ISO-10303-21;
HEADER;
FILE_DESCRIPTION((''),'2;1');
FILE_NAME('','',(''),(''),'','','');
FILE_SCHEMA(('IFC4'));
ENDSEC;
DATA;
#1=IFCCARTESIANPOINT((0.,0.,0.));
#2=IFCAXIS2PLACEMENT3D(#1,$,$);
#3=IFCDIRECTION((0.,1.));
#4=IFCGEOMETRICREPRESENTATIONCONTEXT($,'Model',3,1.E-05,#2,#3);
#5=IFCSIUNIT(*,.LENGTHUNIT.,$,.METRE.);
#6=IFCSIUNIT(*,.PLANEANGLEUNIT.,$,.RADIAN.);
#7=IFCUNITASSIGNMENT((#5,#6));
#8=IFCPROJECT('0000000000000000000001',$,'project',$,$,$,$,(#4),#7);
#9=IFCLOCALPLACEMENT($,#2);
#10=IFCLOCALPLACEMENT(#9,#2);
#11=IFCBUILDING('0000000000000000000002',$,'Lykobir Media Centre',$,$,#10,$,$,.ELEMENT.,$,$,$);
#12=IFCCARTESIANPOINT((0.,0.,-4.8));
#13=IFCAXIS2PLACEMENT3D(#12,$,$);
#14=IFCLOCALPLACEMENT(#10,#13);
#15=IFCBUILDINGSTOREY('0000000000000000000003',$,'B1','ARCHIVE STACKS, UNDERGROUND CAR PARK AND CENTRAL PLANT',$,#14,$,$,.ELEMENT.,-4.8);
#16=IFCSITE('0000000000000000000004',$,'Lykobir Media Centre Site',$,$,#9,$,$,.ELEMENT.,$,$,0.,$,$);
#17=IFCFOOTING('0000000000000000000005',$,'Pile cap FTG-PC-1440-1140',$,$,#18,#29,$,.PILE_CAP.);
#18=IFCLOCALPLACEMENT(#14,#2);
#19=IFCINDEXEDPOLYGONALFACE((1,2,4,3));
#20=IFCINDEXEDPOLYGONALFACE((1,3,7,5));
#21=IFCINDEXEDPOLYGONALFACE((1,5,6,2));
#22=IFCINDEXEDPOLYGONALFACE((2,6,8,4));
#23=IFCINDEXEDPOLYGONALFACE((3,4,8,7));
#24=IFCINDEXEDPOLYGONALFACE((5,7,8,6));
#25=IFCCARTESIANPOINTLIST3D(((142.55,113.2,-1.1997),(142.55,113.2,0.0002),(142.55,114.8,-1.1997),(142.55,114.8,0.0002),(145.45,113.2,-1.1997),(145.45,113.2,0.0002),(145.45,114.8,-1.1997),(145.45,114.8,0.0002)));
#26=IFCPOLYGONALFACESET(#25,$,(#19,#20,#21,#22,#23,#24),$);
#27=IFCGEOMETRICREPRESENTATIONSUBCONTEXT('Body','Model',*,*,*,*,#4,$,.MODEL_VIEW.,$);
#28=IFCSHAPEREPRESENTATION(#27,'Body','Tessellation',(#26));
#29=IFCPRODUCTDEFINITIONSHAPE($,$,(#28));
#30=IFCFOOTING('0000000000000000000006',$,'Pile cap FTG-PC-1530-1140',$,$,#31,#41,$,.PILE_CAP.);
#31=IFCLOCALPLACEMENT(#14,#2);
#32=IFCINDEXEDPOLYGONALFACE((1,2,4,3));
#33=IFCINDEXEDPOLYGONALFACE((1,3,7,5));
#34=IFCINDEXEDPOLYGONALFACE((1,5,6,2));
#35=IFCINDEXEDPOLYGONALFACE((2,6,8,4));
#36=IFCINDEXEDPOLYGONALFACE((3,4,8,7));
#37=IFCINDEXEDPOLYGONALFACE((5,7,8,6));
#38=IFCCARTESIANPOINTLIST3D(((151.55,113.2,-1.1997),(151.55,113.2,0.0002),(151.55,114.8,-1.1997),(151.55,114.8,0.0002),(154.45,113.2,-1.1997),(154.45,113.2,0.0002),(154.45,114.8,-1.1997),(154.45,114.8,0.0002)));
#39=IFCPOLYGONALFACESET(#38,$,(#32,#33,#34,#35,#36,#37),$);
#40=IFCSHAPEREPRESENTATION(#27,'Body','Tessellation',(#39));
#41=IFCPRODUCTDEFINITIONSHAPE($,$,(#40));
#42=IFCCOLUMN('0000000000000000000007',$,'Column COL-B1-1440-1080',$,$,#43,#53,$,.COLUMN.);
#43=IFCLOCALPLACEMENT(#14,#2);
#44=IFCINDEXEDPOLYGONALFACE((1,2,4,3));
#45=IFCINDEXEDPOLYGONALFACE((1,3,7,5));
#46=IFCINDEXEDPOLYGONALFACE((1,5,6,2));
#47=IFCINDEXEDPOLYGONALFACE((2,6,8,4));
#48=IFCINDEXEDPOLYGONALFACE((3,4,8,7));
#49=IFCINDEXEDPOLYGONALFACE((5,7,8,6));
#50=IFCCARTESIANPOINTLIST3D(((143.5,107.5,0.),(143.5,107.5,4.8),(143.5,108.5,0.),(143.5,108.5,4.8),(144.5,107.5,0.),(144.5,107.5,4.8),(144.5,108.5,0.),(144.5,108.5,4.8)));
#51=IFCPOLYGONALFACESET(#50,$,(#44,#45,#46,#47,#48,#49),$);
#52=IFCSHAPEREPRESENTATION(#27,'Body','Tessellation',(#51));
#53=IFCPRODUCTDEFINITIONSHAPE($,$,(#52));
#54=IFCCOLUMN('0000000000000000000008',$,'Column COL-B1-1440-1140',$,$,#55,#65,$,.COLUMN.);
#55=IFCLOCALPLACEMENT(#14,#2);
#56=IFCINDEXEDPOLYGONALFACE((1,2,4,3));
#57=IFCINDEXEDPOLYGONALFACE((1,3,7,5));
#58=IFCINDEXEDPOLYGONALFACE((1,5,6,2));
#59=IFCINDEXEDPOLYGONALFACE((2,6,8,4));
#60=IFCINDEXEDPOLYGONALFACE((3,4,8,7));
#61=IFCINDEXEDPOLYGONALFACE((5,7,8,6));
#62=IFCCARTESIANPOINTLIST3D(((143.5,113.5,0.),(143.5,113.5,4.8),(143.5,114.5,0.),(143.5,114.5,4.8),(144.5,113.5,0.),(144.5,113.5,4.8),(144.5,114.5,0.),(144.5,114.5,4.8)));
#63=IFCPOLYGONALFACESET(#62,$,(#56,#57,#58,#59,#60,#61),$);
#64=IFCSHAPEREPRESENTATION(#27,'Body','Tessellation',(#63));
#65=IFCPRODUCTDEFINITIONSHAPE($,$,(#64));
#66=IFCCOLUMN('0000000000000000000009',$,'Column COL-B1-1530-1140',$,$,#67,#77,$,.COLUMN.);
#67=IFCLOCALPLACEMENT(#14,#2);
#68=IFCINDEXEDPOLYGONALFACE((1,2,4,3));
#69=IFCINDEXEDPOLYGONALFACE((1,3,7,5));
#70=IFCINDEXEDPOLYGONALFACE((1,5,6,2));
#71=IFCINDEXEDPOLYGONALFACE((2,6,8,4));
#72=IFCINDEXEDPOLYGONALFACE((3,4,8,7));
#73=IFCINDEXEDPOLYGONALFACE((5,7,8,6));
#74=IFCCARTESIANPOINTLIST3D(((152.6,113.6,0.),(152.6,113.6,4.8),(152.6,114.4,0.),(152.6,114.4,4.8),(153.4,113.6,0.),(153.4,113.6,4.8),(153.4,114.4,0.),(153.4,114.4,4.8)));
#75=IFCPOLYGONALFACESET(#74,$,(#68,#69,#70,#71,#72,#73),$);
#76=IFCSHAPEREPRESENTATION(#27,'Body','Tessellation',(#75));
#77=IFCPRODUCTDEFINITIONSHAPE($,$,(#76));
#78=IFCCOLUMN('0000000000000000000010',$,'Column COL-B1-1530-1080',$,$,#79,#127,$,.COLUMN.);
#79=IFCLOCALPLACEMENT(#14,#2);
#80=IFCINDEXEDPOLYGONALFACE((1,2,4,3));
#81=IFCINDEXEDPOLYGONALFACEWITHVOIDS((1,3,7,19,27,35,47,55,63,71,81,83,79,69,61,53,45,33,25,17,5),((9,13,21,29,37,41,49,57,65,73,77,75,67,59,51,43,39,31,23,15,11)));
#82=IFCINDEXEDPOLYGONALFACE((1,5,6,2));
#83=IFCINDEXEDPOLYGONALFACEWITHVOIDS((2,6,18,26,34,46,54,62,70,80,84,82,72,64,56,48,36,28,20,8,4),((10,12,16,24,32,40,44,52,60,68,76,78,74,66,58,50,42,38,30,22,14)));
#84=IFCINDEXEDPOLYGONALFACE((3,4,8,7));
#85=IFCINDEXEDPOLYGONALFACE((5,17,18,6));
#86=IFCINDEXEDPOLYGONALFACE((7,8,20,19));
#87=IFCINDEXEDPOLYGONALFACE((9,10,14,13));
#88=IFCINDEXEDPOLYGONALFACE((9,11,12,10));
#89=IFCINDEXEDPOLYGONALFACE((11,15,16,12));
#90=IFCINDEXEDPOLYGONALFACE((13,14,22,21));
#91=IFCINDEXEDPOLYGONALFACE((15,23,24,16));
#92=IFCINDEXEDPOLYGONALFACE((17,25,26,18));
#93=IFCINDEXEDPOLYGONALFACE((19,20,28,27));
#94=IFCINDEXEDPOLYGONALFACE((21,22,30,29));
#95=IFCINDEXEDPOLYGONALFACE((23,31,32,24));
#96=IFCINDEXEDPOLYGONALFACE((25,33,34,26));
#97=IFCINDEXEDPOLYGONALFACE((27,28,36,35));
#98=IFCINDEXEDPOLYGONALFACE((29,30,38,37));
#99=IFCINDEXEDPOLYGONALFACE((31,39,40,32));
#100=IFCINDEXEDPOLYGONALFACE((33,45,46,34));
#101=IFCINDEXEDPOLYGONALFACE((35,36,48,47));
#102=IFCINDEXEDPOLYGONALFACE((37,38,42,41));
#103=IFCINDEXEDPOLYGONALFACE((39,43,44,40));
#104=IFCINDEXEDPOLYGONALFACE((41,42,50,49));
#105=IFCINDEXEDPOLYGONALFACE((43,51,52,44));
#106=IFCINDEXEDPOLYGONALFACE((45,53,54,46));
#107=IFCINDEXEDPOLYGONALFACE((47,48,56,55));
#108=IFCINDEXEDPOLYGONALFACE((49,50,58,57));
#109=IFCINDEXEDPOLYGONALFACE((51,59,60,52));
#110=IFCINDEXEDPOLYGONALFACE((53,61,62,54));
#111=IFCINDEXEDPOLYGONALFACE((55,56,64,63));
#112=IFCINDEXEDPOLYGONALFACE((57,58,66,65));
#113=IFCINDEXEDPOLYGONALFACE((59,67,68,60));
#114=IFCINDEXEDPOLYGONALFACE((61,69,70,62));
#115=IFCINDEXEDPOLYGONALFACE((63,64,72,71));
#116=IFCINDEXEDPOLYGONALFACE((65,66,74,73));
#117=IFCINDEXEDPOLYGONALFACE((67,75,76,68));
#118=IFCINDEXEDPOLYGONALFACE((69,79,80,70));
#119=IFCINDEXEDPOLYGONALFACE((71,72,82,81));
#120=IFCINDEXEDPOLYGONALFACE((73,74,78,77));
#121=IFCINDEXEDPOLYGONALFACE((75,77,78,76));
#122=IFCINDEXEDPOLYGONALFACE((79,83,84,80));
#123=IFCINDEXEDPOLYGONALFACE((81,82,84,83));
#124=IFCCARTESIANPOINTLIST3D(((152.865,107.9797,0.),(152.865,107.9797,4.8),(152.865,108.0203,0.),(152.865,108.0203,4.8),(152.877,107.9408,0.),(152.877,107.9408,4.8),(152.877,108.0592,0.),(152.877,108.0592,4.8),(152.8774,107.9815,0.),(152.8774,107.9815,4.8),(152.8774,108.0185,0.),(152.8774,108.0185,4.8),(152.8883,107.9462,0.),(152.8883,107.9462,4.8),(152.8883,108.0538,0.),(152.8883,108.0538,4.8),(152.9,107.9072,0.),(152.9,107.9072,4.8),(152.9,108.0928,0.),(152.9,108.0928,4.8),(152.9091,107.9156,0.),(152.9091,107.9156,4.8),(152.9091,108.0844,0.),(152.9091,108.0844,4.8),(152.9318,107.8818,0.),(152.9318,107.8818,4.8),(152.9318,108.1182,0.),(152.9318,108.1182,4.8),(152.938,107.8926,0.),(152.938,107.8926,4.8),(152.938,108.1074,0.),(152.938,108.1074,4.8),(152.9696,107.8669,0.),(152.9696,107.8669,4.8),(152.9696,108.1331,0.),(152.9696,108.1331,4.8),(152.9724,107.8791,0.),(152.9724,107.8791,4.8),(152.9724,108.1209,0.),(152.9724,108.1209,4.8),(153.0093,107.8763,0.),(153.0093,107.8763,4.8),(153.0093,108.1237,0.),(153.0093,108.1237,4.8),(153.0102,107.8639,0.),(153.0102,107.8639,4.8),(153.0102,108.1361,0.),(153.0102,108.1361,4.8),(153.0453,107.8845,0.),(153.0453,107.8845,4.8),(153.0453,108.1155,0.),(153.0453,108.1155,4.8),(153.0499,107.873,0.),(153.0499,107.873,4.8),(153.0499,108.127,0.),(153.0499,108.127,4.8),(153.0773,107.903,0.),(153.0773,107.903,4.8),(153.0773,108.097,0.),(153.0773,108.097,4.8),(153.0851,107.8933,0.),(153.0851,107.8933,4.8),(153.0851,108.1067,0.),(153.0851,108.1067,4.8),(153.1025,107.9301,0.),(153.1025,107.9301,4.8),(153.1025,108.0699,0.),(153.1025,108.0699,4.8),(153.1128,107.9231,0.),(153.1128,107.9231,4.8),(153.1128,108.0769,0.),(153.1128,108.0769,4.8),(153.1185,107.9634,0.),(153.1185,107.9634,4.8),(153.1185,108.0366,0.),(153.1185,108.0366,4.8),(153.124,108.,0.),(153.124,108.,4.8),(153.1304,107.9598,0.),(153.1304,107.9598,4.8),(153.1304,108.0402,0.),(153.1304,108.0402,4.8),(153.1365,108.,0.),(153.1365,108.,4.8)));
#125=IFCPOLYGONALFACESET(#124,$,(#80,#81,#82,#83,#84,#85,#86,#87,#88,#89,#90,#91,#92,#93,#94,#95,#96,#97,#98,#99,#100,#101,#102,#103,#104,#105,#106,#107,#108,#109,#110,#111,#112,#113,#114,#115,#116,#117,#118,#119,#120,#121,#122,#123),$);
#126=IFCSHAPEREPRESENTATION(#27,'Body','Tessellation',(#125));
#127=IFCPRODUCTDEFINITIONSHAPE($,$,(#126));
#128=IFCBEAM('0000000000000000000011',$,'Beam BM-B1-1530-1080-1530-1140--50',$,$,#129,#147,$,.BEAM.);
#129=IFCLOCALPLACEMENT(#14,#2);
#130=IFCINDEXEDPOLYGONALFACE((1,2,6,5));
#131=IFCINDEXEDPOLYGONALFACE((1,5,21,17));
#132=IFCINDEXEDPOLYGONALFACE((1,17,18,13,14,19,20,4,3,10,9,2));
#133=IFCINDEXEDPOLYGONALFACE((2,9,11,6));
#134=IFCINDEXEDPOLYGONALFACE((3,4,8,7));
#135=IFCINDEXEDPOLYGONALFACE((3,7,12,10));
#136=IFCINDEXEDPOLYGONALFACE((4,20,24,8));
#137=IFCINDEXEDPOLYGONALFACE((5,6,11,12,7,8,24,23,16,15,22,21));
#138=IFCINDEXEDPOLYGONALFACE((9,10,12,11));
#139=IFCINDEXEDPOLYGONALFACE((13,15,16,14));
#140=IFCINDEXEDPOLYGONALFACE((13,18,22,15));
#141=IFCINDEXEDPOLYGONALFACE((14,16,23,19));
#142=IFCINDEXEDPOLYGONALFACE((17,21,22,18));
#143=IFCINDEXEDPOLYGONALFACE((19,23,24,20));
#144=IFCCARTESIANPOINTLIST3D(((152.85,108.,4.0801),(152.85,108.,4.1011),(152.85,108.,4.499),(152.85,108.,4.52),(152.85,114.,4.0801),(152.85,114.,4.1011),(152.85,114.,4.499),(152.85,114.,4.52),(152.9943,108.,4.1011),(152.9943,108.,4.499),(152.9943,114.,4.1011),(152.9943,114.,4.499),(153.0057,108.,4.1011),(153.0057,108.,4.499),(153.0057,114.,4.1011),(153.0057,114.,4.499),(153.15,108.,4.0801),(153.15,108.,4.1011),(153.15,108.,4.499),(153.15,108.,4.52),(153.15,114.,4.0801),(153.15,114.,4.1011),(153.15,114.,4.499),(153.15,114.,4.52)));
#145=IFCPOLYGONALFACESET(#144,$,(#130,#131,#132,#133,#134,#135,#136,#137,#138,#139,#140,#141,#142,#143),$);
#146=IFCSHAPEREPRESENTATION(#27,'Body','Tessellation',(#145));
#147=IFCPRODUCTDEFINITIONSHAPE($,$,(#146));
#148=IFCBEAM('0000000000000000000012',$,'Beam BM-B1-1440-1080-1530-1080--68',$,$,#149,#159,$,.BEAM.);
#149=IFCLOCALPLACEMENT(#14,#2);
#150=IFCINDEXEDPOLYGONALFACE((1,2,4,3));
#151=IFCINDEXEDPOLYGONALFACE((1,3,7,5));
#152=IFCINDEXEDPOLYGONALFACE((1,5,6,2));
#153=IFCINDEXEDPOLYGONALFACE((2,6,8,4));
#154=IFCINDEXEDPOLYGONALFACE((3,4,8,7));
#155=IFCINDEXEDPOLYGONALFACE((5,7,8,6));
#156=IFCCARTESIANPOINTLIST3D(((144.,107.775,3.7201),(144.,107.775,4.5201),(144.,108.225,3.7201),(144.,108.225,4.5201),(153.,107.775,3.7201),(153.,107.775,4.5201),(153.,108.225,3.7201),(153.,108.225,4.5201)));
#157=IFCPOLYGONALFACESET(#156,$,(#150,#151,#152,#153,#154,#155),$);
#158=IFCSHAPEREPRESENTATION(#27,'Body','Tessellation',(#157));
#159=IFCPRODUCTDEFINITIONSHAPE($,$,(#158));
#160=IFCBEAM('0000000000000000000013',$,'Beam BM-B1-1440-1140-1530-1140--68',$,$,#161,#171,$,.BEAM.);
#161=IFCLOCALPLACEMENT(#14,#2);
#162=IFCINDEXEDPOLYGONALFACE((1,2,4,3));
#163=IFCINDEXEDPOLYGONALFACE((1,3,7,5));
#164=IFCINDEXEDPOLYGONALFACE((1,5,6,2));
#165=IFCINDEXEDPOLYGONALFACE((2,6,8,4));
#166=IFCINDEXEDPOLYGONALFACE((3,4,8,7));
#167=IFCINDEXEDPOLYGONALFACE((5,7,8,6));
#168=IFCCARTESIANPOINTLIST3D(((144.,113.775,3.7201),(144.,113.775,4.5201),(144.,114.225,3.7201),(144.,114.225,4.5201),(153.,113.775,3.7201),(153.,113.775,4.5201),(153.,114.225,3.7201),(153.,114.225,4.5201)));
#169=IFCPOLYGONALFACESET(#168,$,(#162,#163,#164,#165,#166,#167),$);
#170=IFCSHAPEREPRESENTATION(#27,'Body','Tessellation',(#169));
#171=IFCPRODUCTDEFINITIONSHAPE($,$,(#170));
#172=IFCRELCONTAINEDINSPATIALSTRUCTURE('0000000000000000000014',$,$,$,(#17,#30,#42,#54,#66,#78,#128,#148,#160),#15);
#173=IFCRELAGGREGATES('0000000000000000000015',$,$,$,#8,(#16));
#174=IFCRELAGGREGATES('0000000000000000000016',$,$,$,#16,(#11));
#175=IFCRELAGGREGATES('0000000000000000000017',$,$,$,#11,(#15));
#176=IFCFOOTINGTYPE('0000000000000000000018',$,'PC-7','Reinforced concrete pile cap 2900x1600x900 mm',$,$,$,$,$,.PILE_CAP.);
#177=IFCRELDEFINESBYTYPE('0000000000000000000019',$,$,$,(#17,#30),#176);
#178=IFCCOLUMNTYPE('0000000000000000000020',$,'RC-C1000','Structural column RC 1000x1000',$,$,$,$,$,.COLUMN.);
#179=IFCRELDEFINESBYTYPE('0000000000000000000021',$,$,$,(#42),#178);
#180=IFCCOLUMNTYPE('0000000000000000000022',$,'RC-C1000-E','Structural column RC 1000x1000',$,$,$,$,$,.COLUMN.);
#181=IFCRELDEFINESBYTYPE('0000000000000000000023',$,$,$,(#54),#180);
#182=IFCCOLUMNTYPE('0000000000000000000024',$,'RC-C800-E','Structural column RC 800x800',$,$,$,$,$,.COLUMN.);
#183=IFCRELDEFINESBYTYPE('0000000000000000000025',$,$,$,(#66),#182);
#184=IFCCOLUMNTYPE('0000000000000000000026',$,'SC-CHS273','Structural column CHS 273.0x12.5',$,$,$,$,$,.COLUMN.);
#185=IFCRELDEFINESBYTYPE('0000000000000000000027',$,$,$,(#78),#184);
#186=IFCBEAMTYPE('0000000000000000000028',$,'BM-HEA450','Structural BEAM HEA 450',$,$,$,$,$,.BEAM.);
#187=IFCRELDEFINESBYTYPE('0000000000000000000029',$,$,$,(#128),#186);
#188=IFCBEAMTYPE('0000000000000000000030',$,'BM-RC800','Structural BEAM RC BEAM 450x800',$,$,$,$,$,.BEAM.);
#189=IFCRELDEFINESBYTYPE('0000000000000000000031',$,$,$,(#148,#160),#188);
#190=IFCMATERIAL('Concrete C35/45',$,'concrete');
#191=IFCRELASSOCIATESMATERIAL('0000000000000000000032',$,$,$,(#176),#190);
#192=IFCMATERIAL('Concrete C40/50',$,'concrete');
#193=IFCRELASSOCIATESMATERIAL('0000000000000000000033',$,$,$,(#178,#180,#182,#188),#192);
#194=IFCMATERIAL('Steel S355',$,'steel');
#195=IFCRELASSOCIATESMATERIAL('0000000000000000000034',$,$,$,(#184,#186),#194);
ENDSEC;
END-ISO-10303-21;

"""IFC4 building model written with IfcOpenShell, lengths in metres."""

from ifc_helpers import new_model, si_unit, direction, frame, origin, origin_2d, place, context, subcontext, project, spatial, rectangle, hollow_circle, i_section, extrude, material, material_profile, profile_set, type_object, element, save


model = new_model("IFC4")

# Units and contexts
model_context = context("Model", 3, precision=1e-05, world=origin(), true_north=direction((0.0, 1.0)))
body_context = subcontext(model_context, "Body", "Model", "MODEL_VIEW")
ifc_project = project(units=[si_unit("LENGTHUNIT", "METRE"), si_unit("PLANEANGLEUNIT", "RADIAN")], contexts=[model_context])

# Site, building, storey
site_placement = place(None, origin())
site = spatial("IfcSite", under=ifc_project, at=site_placement, Name="Lykobir Media Centre Site", CompositionType="ELEMENT", RefElevation=0.0)
building_placement = place(site_placement, origin())
building = spatial("IfcBuilding", under=site, at=building_placement, Name="Lykobir Media Centre", CompositionType="ELEMENT")
storey_placement = place(building_placement, frame((0.0, 0.0, -4.8)))
storey = spatial("IfcBuildingStorey", under=building, at=storey_placement, Name="B1", Description="ARCHIVE STACKS, UNDERGROUND CAR PARK AND CENTRAL PLANT", CompositionType="ELEMENT", Elevation=-4.8)

# Footings
ifc_material_1 = material(Name="Concrete C35/45", Category="concrete")
footing_type_1 = type_object("IfcFootingType", Name="PC-7", Description="Reinforced concrete pile cap 2900x1600x900 mm", PredefinedType="PILE_CAP", material=ifc_material_1)
for number, where, z_axis, x_axis, name in (
    (1, (144.0, 114.0, -1.1997), (0.0, 0.0, 1.0), (1.0, 0.0, 0.0), "Pile cap FTG-PC-1440-1140"),
    (2, (153.0, 114.0, -1.1997), (0.0, 0.0, 1.0), (1.0, 0.0, 0.0), "Pile cap FTG-PC-1530-1140"),
):
    element("IfcFooting", number, at=place(storey_placement, frame(where, z_axis=z_axis, x_axis=x_axis)), inside=storey, type_object=footing_type_1, Name=name, PredefinedType="PILE_CAP", context=body_context, shape_type="SweptSolid", body=[
        extrude(rectangle(XDim=2.8999, YDim=1.6001, at=origin_2d()), origin(), (0.0, 0.0, 1.0), 1.2),
    ])

# Columns
ifc_material_2 = material(Name="Concrete C40/50", Category="concrete")
ifc_material_profile_1 = material_profile(ifc_material_2, rectangle(XDim=1.0, YDim=1.0, at=origin_2d()), Name="RC 1000x1000")
ifc_profile_set_1 = profile_set([ifc_material_profile_1], Name="Concrete C40/50")
column_type_1 = type_object("IfcColumnType", Name="RC-C1000", Description="Structural column RC 1000x1000", PredefinedType="COLUMN", material=ifc_profile_set_1)
column_1_placement = place(storey_placement, frame((144.0, 108.0, 0.0), z_axis=(0.0, 0.0, 1.0), x_axis=(1.0, 0.0, 0.0)))
element("IfcColumn", 3, at=column_1_placement, inside=storey, type_object=column_type_1, Name="Column COL-B1-1440-1080", PredefinedType="COLUMN", context=body_context, shape_type="SweptSolid", body=[
    extrude(rectangle(XDim=1.0, YDim=1.0, at=origin_2d()), origin(), (0.0, 0.0, 1.0), 4.8),
])
ifc_material_profile_2 = material_profile(ifc_material_2, rectangle(XDim=1.0, YDim=1.0, at=origin_2d()), Name="RC 1000x1000")
ifc_profile_set_2 = profile_set([ifc_material_profile_2], Name="Concrete C40/50")
column_type_2 = type_object("IfcColumnType", Name="RC-C1000-E", Description="Structural column RC 1000x1000", PredefinedType="COLUMN", material=ifc_profile_set_2)
column_2_placement = place(storey_placement, frame((144.0, 114.0, 0.0), z_axis=(0.0, 0.0, 1.0), x_axis=(1.0, 0.0, 0.0)))
element("IfcColumn", 4, at=column_2_placement, inside=storey, type_object=column_type_2, Name="Column COL-B1-1440-1140", PredefinedType="COLUMN", context=body_context, shape_type="SweptSolid", body=[
    extrude(rectangle(XDim=1.0, YDim=1.0, at=origin_2d()), origin(), (0.0, 0.0, 1.0), 4.8),
])
ifc_material_profile_3 = material_profile(ifc_material_2, rectangle(XDim=0.8, YDim=0.8, at=origin_2d()), Name="RC 800x800")
ifc_profile_set_3 = profile_set([ifc_material_profile_3], Name="Concrete C40/50")
column_type_3 = type_object("IfcColumnType", Name="RC-C800-E", Description="Structural column RC 800x800", PredefinedType="COLUMN", material=ifc_profile_set_3)
column_3_placement = place(storey_placement, frame((153.0, 114.0, 0.0), z_axis=(0.0, 0.0, 1.0), x_axis=(1.0, 0.0, 0.0)))
element("IfcColumn", 5, at=column_3_placement, inside=storey, type_object=column_type_3, Name="Column COL-B1-1530-1140", PredefinedType="COLUMN", context=body_context, shape_type="SweptSolid", body=[
    extrude(rectangle(XDim=0.8, YDim=0.8, at=origin_2d()), origin(), (0.0, 0.0, 1.0), 4.8),
])
ifc_material_3 = material(Name="Steel S355", Category="steel")
ifc_material_profile_4 = material_profile(ifc_material_3, hollow_circle(Radius=0.1365, WallThickness=0.0125, at=origin_2d()), Name="CHS 273.0x12.5")
ifc_profile_set_4 = profile_set([ifc_material_profile_4], Name="Steel S355")
column_type_4 = type_object("IfcColumnType", Name="SC-CHS273", Description="Structural column CHS 273.0x12.5", PredefinedType="COLUMN", material=ifc_profile_set_4)
column_4_placement = place(storey_placement, frame((153.0, 108.0, 0.0), z_axis=(0.0, 0.0, 1.0), x_axis=(1.0, 0.0, 0.0)))
element("IfcColumn", 6, at=column_4_placement, inside=storey, type_object=column_type_4, Name="Column COL-B1-1530-1080", PredefinedType="COLUMN", context=body_context, shape_type="SweptSolid", body=[
    extrude(hollow_circle(Radius=0.1365, WallThickness=0.0125, at=origin_2d()), origin(), (0.0, 0.0, 1.0), 4.8),
])

# Beams
ifc_material_profile_5 = material_profile(ifc_material_3, i_section(OverallWidth=0.3, OverallDepth=0.4399, WebThickness=0.0115, FlangeThickness=0.021, at=origin_2d()), Name="HEA 450")
ifc_profile_set_5 = profile_set([ifc_material_profile_5], Name="Steel S355")
beam_type_1 = type_object("IfcBeamType", Name="BM-HEA450", Description="Structural BEAM HEA 450", PredefinedType="BEAM", material=ifc_profile_set_5)
beam_1_placement = place(storey_placement, frame((153.0, 108.0, 4.3), z_axis=(0.0, 1.0, 0.0), x_axis=(-1.0, 0.0, 0.0)))
element("IfcBeam", 7, at=beam_1_placement, inside=storey, type_object=beam_type_1, Name="Beam BM-B1-1530-1080-1530-1140--50", PredefinedType="BEAM", context=body_context, shape_type="SweptSolid", body=[
    extrude(i_section(OverallWidth=0.3, OverallDepth=0.4399, WebThickness=0.0115, FlangeThickness=0.021, at=origin_2d()), origin(), (0.0, 0.0, 1.0), 6.0),
])
ifc_material_profile_6 = material_profile(ifc_material_2, rectangle(XDim=0.45, YDim=0.8, at=origin_2d()), Name="RC BEAM 450x800")
ifc_profile_set_6 = profile_set([ifc_material_profile_6], Name="Concrete C40/50")
beam_type_2 = type_object("IfcBeamType", Name="BM-RC800", Description="Structural BEAM RC BEAM 450x800", PredefinedType="BEAM", material=ifc_profile_set_6)
for number, where, z_axis, x_axis, name in (
    (8, (144.0, 108.0, 4.1201), (1.0, 0.0, 0.0), (0.0, 1.0, 0.0), "Beam BM-B1-1440-1080-1530-1080--68"),
    (9, (144.0, 114.0, 4.1201), (1.0, 0.0, 0.0), (0.0, 1.0, 0.0), "Beam BM-B1-1440-1140-1530-1140--68"),
):
    element("IfcBeam", number, at=place(storey_placement, frame(where, z_axis=z_axis, x_axis=x_axis)), inside=storey, type_object=beam_type_2, Name=name, PredefinedType="BEAM", context=body_context, shape_type="SweptSolid", body=[
        extrude(rectangle(XDim=0.45, YDim=0.8, at=origin_2d()), origin(), (0.0, 0.0, 1.0), 9.0),
    ])

save(model, "model.ifc")
